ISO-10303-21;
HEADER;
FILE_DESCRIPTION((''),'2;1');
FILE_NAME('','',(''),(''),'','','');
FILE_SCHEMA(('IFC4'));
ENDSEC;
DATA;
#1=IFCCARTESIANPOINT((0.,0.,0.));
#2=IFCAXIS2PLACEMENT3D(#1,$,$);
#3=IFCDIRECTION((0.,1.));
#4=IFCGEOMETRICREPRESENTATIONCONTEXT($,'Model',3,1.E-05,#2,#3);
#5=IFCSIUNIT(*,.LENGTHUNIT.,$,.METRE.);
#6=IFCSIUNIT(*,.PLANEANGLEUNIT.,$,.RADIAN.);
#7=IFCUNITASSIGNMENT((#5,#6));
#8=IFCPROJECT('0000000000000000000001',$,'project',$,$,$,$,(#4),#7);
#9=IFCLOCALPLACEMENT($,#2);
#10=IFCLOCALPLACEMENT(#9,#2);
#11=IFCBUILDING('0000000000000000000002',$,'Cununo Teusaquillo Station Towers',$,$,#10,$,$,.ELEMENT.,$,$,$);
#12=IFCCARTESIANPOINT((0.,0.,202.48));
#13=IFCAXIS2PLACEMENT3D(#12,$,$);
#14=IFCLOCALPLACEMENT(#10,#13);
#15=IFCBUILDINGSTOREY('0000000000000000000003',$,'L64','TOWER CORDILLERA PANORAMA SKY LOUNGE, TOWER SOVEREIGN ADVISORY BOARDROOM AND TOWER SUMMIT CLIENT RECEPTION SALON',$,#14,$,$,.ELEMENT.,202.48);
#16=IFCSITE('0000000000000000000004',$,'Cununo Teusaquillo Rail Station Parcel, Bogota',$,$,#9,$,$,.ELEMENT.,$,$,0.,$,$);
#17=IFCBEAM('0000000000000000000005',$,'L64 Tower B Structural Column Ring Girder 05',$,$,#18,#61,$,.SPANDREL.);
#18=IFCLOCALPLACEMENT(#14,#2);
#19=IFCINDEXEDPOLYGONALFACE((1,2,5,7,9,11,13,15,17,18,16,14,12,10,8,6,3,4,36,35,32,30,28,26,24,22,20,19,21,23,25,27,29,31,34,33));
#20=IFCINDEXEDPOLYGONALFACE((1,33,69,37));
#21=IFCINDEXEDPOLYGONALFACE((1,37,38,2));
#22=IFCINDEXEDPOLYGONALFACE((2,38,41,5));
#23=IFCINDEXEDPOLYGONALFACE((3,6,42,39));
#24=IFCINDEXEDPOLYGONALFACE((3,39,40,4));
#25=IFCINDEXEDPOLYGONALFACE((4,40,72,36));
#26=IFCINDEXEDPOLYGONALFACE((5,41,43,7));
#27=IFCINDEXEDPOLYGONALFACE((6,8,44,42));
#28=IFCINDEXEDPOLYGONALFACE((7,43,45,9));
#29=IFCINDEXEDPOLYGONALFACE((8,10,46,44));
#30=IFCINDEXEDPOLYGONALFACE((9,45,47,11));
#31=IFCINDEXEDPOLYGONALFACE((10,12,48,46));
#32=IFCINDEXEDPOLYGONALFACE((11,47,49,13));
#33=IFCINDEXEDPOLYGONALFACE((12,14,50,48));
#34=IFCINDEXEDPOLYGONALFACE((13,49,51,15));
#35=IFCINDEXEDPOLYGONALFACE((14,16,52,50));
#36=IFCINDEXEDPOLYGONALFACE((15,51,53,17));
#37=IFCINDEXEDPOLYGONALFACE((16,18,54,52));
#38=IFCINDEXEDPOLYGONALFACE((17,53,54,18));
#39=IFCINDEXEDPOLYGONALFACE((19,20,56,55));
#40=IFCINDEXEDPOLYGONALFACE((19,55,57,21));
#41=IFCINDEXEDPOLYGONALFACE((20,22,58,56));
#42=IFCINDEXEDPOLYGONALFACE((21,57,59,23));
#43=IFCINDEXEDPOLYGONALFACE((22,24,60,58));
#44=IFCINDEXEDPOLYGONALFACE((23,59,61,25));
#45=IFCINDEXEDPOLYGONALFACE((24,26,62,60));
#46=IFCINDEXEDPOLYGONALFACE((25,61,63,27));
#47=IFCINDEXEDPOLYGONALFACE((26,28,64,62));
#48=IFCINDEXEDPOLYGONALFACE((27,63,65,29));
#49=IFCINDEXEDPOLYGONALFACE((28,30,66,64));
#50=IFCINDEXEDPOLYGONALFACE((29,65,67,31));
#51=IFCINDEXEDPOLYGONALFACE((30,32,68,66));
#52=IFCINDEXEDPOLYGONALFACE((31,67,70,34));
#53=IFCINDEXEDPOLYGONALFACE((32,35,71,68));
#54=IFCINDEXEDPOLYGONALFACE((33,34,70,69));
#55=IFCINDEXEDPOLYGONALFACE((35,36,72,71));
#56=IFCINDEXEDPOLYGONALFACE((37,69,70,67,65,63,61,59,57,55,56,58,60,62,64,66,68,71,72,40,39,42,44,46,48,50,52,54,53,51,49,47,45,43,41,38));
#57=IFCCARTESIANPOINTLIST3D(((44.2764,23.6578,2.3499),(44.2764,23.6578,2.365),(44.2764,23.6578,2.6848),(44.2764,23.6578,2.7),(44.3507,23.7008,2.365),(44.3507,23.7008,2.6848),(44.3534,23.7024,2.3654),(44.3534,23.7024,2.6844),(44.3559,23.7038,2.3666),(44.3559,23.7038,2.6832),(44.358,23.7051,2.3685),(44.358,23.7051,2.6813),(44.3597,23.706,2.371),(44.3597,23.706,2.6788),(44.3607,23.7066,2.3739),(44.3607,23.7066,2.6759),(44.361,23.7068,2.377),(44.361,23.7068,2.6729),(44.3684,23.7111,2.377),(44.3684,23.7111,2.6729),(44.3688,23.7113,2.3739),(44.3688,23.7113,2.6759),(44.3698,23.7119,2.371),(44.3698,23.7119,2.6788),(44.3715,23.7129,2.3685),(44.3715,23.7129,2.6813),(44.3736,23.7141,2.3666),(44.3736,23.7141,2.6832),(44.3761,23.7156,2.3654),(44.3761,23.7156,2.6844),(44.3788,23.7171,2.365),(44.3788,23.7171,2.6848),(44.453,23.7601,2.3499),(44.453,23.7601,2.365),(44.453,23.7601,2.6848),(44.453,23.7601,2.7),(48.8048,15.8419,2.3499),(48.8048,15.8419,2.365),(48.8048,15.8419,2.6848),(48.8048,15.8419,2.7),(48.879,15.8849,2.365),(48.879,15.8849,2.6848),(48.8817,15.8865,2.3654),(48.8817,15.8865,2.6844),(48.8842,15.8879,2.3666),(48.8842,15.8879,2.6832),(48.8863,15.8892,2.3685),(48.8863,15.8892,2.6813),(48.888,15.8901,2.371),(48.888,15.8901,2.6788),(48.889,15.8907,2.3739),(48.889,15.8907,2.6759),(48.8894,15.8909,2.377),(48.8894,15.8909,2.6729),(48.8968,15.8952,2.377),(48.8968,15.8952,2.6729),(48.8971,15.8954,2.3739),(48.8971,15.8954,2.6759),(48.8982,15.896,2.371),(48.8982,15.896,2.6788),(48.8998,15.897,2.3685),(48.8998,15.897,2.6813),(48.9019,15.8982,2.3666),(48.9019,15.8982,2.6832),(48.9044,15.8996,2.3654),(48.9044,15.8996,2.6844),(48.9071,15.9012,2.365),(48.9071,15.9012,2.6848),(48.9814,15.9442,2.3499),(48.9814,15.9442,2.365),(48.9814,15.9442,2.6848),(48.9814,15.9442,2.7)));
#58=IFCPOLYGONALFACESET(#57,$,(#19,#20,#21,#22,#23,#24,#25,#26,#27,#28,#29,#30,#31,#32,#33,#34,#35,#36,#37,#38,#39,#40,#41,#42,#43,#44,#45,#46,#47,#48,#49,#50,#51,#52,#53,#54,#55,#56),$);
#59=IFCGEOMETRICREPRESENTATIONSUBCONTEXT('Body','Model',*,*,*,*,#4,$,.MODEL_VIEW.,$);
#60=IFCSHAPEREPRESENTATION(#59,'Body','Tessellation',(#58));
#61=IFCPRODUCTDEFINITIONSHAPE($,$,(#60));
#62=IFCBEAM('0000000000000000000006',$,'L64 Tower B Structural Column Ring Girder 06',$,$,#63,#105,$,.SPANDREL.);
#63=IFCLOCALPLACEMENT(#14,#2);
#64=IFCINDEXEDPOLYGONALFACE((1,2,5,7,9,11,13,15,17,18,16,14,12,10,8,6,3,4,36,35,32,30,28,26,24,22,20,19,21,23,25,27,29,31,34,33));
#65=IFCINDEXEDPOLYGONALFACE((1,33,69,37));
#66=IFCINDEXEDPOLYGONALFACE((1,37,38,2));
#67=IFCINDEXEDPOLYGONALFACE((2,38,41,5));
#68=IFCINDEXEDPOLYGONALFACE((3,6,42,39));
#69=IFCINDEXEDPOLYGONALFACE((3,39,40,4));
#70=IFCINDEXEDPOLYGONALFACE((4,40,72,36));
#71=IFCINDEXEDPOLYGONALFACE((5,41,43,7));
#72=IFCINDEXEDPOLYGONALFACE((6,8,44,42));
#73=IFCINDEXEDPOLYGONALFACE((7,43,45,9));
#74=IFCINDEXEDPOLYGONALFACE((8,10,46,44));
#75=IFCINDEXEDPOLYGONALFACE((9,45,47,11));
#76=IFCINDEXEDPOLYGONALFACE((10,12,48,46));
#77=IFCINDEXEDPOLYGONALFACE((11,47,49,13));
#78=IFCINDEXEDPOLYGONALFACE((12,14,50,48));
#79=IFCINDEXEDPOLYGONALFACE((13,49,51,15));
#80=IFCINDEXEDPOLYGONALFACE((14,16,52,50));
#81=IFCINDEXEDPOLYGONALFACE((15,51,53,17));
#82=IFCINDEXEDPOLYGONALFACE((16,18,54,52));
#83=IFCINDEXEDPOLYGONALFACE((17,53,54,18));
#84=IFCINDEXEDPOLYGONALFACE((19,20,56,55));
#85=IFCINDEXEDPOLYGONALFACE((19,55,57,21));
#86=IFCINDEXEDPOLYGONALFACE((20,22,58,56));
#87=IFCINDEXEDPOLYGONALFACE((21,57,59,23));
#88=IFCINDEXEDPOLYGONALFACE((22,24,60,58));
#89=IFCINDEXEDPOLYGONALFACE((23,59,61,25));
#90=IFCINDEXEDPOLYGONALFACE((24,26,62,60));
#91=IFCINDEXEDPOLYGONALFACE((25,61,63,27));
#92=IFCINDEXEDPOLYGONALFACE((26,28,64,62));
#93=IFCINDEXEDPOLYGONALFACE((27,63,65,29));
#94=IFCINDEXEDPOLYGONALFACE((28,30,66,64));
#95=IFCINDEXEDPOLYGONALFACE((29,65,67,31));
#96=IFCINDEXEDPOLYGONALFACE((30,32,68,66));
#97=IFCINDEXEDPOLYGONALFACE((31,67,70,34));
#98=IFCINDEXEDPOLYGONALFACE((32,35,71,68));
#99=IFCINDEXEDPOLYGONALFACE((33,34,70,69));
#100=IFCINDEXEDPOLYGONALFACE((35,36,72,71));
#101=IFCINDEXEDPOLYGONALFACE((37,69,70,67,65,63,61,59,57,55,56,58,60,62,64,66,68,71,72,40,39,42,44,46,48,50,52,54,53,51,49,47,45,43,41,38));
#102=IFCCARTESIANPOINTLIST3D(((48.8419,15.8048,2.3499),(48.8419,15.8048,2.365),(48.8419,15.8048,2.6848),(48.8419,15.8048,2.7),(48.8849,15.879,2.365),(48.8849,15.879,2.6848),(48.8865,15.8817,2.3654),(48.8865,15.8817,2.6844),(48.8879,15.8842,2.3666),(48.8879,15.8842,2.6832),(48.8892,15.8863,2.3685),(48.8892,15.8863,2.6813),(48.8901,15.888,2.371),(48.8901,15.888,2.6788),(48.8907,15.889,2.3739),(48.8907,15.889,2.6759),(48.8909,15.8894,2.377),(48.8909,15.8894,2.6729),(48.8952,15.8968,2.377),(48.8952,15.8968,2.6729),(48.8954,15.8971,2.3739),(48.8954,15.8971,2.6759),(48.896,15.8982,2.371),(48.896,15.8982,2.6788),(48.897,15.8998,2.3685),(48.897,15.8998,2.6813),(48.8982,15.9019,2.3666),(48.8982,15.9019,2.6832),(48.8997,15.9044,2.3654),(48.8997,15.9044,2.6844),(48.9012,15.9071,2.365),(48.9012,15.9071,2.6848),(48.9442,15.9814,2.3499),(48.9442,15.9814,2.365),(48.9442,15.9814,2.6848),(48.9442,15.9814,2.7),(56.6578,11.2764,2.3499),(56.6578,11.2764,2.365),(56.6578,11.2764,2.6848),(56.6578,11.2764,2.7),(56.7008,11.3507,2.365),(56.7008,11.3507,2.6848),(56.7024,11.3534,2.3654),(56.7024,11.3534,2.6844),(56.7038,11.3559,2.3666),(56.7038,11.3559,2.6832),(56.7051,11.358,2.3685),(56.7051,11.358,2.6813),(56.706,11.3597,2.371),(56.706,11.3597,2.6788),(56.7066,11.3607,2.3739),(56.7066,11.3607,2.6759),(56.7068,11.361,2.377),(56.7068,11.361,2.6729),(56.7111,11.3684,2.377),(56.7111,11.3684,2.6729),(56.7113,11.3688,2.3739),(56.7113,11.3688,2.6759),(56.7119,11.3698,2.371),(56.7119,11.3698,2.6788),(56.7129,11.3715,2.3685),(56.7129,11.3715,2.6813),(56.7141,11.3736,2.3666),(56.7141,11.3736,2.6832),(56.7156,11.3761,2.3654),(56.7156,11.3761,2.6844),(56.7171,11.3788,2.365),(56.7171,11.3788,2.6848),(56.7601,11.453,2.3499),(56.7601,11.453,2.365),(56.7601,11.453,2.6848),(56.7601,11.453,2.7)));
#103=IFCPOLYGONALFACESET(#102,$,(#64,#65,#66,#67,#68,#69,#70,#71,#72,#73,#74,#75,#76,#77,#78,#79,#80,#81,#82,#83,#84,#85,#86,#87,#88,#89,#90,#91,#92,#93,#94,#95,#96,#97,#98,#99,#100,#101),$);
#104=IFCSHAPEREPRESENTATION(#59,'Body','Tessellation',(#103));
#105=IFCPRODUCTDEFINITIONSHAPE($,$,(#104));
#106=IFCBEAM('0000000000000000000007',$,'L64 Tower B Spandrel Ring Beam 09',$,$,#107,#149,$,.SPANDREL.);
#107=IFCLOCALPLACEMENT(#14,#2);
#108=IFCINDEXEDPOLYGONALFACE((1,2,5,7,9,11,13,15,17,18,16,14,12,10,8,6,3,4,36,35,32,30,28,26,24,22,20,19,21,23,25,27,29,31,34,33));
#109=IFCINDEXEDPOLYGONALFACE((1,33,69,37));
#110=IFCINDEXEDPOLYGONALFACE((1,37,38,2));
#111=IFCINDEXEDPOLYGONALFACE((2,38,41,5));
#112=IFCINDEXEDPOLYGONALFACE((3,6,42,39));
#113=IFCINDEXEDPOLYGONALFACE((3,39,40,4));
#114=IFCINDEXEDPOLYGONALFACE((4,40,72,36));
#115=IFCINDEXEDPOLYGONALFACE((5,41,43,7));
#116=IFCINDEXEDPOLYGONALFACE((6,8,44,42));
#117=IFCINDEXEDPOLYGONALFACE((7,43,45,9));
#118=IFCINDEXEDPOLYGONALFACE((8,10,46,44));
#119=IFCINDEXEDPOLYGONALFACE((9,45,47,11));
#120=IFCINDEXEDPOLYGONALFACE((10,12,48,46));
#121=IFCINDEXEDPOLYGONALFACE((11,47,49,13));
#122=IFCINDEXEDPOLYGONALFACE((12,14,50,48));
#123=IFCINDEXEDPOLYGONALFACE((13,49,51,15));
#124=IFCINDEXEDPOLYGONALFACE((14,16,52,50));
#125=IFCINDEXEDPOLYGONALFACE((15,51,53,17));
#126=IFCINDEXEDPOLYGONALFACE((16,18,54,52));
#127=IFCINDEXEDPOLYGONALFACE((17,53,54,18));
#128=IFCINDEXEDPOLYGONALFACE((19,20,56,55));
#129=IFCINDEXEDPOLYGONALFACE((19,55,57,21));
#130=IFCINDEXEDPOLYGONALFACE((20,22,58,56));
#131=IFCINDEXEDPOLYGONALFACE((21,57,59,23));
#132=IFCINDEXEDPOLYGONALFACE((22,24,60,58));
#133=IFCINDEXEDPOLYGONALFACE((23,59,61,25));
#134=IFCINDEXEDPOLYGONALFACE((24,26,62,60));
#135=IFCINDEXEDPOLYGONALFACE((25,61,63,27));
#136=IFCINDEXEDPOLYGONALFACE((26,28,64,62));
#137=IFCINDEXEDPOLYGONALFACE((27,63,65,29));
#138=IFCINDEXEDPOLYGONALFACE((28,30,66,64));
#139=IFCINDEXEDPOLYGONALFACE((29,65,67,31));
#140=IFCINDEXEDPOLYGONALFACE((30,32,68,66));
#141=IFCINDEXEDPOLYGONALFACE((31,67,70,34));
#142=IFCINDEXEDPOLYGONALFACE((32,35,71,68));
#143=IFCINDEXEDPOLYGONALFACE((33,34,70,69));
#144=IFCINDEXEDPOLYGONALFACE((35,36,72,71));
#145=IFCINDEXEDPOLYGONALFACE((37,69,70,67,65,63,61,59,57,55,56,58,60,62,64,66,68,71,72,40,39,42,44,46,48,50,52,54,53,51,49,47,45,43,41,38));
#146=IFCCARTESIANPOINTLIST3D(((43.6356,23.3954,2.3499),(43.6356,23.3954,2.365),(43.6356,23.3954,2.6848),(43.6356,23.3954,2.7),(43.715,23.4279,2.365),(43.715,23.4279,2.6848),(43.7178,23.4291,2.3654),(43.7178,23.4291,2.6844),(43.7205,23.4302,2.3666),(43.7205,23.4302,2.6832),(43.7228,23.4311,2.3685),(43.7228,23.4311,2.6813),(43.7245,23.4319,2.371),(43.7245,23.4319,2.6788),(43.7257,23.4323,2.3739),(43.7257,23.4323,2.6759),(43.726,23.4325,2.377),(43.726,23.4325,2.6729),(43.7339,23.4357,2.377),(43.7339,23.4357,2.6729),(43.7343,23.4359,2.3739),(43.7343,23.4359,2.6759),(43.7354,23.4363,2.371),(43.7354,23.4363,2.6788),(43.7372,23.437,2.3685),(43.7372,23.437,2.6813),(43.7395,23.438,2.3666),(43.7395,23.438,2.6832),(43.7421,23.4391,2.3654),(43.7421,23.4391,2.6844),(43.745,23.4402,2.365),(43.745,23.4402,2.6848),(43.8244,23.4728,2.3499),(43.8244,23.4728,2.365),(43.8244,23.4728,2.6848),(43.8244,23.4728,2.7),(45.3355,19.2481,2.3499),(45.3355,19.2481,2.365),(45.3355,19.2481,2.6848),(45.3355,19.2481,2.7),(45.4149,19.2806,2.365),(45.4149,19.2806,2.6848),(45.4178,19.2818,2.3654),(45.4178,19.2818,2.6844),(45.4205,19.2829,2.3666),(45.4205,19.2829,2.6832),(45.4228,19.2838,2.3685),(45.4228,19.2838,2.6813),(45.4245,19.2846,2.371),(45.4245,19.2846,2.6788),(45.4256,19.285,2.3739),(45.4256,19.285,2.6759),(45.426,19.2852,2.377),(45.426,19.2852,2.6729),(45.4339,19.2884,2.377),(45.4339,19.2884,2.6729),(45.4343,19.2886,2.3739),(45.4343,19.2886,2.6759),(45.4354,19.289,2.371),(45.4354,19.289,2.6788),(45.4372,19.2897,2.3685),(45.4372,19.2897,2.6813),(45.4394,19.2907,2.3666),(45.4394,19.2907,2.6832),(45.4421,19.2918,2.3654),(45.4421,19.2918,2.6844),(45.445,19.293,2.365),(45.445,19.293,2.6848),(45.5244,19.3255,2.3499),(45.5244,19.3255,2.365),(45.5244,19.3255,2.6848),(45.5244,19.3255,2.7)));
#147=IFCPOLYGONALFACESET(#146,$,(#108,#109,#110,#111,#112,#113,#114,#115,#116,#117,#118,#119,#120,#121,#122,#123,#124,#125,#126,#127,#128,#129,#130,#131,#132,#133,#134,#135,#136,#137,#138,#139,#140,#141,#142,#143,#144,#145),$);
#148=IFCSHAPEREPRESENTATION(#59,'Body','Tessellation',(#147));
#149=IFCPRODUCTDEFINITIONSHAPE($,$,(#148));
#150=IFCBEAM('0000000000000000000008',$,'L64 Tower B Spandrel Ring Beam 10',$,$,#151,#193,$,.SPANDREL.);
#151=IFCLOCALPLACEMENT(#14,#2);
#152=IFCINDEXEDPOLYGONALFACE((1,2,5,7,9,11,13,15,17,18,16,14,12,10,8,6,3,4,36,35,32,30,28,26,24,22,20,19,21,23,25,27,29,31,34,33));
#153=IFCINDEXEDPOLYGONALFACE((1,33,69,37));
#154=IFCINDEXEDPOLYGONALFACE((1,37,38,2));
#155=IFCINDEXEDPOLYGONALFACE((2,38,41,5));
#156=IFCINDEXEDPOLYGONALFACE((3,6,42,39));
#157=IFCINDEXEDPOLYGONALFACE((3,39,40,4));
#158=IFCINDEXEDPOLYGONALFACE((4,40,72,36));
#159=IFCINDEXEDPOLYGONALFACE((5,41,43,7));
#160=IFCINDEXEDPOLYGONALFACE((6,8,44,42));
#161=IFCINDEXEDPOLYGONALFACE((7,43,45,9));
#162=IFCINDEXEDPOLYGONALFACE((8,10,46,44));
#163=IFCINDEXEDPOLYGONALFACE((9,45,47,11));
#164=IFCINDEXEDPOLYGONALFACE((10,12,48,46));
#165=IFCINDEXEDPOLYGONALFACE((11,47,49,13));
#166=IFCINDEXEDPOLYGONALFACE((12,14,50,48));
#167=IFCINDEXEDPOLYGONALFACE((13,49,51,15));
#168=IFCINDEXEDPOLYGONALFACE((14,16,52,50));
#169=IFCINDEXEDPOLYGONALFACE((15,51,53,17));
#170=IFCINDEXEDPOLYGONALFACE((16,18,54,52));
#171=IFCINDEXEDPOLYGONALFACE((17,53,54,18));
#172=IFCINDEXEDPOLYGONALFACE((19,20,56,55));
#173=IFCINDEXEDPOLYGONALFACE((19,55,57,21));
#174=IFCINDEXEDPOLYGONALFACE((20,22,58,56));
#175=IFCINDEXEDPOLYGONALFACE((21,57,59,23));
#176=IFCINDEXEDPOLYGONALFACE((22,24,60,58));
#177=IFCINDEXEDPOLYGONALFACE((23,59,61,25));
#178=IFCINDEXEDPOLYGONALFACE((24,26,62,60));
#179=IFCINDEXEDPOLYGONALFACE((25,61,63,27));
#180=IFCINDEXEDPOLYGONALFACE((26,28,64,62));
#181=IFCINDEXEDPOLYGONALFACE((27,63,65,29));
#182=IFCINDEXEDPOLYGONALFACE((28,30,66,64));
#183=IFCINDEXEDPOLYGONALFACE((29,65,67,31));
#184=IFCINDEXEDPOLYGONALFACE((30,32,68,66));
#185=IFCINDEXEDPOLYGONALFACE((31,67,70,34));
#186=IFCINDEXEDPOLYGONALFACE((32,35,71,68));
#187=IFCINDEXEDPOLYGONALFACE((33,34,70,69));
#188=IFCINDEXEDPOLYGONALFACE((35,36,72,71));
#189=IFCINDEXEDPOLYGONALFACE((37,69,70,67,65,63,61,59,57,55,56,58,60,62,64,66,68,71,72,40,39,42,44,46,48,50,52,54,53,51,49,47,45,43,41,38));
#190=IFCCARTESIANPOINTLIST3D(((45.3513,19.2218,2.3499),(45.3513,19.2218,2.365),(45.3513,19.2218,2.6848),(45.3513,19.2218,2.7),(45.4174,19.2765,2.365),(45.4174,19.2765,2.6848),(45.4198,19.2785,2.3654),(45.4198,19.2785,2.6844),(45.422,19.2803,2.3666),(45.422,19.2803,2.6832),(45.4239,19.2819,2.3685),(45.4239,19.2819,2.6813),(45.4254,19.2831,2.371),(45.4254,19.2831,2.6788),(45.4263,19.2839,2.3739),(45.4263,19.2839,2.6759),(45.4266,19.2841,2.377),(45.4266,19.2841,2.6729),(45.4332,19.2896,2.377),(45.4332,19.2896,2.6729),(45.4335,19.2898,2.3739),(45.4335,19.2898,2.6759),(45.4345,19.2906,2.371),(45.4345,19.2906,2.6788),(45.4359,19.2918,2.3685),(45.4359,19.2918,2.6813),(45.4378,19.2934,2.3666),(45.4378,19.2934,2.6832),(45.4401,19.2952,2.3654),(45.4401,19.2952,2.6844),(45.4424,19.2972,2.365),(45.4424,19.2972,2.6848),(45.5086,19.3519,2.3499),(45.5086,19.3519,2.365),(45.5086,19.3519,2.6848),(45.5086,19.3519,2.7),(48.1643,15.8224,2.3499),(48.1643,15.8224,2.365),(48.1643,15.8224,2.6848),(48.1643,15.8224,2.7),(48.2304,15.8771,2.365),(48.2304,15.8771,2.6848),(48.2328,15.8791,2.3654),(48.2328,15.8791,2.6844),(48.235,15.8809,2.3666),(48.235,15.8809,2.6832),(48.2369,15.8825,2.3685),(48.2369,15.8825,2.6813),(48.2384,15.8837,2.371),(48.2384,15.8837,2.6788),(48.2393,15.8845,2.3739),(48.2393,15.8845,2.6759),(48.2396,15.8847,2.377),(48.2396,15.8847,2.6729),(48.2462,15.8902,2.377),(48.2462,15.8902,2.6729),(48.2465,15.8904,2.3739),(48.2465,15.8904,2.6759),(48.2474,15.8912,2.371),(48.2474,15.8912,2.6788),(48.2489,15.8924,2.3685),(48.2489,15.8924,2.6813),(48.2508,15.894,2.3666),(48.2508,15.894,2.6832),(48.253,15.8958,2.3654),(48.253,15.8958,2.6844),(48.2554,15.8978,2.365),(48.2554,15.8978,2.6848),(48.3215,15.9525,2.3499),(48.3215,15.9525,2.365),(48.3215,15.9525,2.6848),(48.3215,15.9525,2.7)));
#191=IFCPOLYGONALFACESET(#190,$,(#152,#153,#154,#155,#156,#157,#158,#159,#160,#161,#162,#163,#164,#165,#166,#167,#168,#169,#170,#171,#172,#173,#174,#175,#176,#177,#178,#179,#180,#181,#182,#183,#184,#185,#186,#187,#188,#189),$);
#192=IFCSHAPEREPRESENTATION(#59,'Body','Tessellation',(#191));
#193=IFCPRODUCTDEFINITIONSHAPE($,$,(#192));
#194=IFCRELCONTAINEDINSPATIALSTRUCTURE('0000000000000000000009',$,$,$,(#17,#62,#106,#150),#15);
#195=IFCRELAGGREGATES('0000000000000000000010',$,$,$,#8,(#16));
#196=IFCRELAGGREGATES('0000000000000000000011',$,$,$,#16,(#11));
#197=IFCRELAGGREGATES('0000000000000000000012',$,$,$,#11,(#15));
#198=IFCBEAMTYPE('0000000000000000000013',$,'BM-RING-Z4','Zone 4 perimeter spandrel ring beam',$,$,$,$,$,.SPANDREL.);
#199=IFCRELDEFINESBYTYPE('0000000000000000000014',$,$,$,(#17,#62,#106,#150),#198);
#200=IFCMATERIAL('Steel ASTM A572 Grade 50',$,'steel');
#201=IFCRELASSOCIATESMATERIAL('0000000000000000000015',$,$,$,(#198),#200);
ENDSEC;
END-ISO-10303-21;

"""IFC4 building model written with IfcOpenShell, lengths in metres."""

from ifc_helpers import new_model, si_unit, direction, frame, origin, origin_2d, place, context, subcontext, project, spatial, i_section, extrude, material, material_profile, profile_set, type_object, element, save


model = new_model("IFC4")

# Units and contexts
model_context = context("Model", 3, precision=1e-05, world=origin(), true_north=direction((0.0, 1.0)))
body_context = subcontext(model_context, "Body", "Model", "MODEL_VIEW")
ifc_project = project(units=[si_unit("LENGTHUNIT", "METRE"), si_unit("PLANEANGLEUNIT", "RADIAN")], contexts=[model_context])

# Site, building, storey
site_placement = place(None, origin())
site = spatial("IfcSite", under=ifc_project, at=site_placement, Name="Cununo Teusaquillo Rail Station Parcel, Bogota", CompositionType="ELEMENT", RefElevation=0.0)
building_placement = place(site_placement, origin())
building = spatial("IfcBuilding", under=site, at=building_placement, Name="Cununo Teusaquillo Station Towers", CompositionType="ELEMENT")
storey_placement = place(building_placement, frame((0.0, 0.0, 202.48)))
storey = spatial("IfcBuildingStorey", under=building, at=storey_placement, Name="L64", Description="TOWER CORDILLERA PANORAMA SKY LOUNGE, TOWER SOVEREIGN ADVISORY BOARDROOM AND TOWER SUMMIT CLIENT RECEPTION SALON", CompositionType="ELEMENT", Elevation=202.48)

# Beams
ifc_material_1 = material(Name="Steel ASTM A572 Grade 50", Category="steel")
ifc_material_profile_1 = material_profile(ifc_material_1, i_section(OverallWidth=0.2041, OverallDepth=0.3501, WebThickness=0.0085, FlangeThickness=0.0151, FilletRadius=0.012, at=origin_2d()), Name="W14X48")
ifc_profile_set_1 = profile_set([ifc_material_profile_1], Name="Steel ASTM A572 Grade 50")
beam_type_1 = type_object("IfcBeamType", Name="BM-RING-Z4", Description="Zone 4 perimeter spandrel ring beam", PredefinedType="SPANDREL", material=ifc_profile_set_1)
for number, where, z_axis, x_axis, name in (
    (1, (44.3647, 23.709, 2.5249), (0.501311, -0.865267, 0.0), (0.865267, 0.501311, 0.0), "L64 Tower B Structural Column Ring Girder 05"),
    (2, (48.8931, 15.8931, 2.5249), (0.865267, -0.501311, 0.0), (0.501311, 0.865267, 0.0), "L64 Tower B Structural Column Ring Girder 06"),
):
    element("IfcBeam", number, at=place(storey_placement, frame(where, z_axis=z_axis, x_axis=x_axis)), inside=storey, type_object=beam_type_1, Name=name, PredefinedType="SPANDREL", context=body_context, shape_type="SweptSolid", body=[
        extrude(i_section(OverallWidth=0.2041, OverallDepth=0.3501, WebThickness=0.0085, FlangeThickness=0.0151, FilletRadius=0.012, at=origin_2d()), origin(), (0.0, 0.0, 1.0), 9.033),
    ])
beam_1_placement = place(storey_placement, frame((43.73, 23.4341, 2.5249), z_axis=(0.379275, -0.925284, 0.0), x_axis=(0.925284, 0.379275, 0.0)))
element("IfcBeam", 3, at=beam_1_placement, inside=storey, type_object=beam_type_1, Name="L64 Tower B Spandrel Ring Beam 09", PredefinedType="SPANDREL", context=body_context, shape_type="SweptSolid", body=[
    extrude(i_section(OverallWidth=0.2041, OverallDepth=0.3501, WebThickness=0.0085, FlangeThickness=0.0151, FilletRadius=0.012, at=origin_2d()), origin(), (0.0, 0.0, 1.0), 4.4822),
])
beam_2_placement = place(storey_placement, frame((45.4299, 19.2869, 2.5249), z_axis=(0.637525, -0.77043, 0.0), x_axis=(0.77043, 0.637525, 0.0)))
element("IfcBeam", 4, at=beam_2_placement, inside=storey, type_object=beam_type_1, Name="L64 Tower B Spandrel Ring Beam 10", PredefinedType="SPANDREL", context=body_context, shape_type="SweptSolid", body=[
    extrude(i_section(OverallWidth=0.2041, OverallDepth=0.3501, WebThickness=0.0085, FlangeThickness=0.0151, FilletRadius=0.012, at=origin_2d()), origin(), (0.0, 0.0, 1.0), 4.4124),
])

save(model, "model.ifc")
